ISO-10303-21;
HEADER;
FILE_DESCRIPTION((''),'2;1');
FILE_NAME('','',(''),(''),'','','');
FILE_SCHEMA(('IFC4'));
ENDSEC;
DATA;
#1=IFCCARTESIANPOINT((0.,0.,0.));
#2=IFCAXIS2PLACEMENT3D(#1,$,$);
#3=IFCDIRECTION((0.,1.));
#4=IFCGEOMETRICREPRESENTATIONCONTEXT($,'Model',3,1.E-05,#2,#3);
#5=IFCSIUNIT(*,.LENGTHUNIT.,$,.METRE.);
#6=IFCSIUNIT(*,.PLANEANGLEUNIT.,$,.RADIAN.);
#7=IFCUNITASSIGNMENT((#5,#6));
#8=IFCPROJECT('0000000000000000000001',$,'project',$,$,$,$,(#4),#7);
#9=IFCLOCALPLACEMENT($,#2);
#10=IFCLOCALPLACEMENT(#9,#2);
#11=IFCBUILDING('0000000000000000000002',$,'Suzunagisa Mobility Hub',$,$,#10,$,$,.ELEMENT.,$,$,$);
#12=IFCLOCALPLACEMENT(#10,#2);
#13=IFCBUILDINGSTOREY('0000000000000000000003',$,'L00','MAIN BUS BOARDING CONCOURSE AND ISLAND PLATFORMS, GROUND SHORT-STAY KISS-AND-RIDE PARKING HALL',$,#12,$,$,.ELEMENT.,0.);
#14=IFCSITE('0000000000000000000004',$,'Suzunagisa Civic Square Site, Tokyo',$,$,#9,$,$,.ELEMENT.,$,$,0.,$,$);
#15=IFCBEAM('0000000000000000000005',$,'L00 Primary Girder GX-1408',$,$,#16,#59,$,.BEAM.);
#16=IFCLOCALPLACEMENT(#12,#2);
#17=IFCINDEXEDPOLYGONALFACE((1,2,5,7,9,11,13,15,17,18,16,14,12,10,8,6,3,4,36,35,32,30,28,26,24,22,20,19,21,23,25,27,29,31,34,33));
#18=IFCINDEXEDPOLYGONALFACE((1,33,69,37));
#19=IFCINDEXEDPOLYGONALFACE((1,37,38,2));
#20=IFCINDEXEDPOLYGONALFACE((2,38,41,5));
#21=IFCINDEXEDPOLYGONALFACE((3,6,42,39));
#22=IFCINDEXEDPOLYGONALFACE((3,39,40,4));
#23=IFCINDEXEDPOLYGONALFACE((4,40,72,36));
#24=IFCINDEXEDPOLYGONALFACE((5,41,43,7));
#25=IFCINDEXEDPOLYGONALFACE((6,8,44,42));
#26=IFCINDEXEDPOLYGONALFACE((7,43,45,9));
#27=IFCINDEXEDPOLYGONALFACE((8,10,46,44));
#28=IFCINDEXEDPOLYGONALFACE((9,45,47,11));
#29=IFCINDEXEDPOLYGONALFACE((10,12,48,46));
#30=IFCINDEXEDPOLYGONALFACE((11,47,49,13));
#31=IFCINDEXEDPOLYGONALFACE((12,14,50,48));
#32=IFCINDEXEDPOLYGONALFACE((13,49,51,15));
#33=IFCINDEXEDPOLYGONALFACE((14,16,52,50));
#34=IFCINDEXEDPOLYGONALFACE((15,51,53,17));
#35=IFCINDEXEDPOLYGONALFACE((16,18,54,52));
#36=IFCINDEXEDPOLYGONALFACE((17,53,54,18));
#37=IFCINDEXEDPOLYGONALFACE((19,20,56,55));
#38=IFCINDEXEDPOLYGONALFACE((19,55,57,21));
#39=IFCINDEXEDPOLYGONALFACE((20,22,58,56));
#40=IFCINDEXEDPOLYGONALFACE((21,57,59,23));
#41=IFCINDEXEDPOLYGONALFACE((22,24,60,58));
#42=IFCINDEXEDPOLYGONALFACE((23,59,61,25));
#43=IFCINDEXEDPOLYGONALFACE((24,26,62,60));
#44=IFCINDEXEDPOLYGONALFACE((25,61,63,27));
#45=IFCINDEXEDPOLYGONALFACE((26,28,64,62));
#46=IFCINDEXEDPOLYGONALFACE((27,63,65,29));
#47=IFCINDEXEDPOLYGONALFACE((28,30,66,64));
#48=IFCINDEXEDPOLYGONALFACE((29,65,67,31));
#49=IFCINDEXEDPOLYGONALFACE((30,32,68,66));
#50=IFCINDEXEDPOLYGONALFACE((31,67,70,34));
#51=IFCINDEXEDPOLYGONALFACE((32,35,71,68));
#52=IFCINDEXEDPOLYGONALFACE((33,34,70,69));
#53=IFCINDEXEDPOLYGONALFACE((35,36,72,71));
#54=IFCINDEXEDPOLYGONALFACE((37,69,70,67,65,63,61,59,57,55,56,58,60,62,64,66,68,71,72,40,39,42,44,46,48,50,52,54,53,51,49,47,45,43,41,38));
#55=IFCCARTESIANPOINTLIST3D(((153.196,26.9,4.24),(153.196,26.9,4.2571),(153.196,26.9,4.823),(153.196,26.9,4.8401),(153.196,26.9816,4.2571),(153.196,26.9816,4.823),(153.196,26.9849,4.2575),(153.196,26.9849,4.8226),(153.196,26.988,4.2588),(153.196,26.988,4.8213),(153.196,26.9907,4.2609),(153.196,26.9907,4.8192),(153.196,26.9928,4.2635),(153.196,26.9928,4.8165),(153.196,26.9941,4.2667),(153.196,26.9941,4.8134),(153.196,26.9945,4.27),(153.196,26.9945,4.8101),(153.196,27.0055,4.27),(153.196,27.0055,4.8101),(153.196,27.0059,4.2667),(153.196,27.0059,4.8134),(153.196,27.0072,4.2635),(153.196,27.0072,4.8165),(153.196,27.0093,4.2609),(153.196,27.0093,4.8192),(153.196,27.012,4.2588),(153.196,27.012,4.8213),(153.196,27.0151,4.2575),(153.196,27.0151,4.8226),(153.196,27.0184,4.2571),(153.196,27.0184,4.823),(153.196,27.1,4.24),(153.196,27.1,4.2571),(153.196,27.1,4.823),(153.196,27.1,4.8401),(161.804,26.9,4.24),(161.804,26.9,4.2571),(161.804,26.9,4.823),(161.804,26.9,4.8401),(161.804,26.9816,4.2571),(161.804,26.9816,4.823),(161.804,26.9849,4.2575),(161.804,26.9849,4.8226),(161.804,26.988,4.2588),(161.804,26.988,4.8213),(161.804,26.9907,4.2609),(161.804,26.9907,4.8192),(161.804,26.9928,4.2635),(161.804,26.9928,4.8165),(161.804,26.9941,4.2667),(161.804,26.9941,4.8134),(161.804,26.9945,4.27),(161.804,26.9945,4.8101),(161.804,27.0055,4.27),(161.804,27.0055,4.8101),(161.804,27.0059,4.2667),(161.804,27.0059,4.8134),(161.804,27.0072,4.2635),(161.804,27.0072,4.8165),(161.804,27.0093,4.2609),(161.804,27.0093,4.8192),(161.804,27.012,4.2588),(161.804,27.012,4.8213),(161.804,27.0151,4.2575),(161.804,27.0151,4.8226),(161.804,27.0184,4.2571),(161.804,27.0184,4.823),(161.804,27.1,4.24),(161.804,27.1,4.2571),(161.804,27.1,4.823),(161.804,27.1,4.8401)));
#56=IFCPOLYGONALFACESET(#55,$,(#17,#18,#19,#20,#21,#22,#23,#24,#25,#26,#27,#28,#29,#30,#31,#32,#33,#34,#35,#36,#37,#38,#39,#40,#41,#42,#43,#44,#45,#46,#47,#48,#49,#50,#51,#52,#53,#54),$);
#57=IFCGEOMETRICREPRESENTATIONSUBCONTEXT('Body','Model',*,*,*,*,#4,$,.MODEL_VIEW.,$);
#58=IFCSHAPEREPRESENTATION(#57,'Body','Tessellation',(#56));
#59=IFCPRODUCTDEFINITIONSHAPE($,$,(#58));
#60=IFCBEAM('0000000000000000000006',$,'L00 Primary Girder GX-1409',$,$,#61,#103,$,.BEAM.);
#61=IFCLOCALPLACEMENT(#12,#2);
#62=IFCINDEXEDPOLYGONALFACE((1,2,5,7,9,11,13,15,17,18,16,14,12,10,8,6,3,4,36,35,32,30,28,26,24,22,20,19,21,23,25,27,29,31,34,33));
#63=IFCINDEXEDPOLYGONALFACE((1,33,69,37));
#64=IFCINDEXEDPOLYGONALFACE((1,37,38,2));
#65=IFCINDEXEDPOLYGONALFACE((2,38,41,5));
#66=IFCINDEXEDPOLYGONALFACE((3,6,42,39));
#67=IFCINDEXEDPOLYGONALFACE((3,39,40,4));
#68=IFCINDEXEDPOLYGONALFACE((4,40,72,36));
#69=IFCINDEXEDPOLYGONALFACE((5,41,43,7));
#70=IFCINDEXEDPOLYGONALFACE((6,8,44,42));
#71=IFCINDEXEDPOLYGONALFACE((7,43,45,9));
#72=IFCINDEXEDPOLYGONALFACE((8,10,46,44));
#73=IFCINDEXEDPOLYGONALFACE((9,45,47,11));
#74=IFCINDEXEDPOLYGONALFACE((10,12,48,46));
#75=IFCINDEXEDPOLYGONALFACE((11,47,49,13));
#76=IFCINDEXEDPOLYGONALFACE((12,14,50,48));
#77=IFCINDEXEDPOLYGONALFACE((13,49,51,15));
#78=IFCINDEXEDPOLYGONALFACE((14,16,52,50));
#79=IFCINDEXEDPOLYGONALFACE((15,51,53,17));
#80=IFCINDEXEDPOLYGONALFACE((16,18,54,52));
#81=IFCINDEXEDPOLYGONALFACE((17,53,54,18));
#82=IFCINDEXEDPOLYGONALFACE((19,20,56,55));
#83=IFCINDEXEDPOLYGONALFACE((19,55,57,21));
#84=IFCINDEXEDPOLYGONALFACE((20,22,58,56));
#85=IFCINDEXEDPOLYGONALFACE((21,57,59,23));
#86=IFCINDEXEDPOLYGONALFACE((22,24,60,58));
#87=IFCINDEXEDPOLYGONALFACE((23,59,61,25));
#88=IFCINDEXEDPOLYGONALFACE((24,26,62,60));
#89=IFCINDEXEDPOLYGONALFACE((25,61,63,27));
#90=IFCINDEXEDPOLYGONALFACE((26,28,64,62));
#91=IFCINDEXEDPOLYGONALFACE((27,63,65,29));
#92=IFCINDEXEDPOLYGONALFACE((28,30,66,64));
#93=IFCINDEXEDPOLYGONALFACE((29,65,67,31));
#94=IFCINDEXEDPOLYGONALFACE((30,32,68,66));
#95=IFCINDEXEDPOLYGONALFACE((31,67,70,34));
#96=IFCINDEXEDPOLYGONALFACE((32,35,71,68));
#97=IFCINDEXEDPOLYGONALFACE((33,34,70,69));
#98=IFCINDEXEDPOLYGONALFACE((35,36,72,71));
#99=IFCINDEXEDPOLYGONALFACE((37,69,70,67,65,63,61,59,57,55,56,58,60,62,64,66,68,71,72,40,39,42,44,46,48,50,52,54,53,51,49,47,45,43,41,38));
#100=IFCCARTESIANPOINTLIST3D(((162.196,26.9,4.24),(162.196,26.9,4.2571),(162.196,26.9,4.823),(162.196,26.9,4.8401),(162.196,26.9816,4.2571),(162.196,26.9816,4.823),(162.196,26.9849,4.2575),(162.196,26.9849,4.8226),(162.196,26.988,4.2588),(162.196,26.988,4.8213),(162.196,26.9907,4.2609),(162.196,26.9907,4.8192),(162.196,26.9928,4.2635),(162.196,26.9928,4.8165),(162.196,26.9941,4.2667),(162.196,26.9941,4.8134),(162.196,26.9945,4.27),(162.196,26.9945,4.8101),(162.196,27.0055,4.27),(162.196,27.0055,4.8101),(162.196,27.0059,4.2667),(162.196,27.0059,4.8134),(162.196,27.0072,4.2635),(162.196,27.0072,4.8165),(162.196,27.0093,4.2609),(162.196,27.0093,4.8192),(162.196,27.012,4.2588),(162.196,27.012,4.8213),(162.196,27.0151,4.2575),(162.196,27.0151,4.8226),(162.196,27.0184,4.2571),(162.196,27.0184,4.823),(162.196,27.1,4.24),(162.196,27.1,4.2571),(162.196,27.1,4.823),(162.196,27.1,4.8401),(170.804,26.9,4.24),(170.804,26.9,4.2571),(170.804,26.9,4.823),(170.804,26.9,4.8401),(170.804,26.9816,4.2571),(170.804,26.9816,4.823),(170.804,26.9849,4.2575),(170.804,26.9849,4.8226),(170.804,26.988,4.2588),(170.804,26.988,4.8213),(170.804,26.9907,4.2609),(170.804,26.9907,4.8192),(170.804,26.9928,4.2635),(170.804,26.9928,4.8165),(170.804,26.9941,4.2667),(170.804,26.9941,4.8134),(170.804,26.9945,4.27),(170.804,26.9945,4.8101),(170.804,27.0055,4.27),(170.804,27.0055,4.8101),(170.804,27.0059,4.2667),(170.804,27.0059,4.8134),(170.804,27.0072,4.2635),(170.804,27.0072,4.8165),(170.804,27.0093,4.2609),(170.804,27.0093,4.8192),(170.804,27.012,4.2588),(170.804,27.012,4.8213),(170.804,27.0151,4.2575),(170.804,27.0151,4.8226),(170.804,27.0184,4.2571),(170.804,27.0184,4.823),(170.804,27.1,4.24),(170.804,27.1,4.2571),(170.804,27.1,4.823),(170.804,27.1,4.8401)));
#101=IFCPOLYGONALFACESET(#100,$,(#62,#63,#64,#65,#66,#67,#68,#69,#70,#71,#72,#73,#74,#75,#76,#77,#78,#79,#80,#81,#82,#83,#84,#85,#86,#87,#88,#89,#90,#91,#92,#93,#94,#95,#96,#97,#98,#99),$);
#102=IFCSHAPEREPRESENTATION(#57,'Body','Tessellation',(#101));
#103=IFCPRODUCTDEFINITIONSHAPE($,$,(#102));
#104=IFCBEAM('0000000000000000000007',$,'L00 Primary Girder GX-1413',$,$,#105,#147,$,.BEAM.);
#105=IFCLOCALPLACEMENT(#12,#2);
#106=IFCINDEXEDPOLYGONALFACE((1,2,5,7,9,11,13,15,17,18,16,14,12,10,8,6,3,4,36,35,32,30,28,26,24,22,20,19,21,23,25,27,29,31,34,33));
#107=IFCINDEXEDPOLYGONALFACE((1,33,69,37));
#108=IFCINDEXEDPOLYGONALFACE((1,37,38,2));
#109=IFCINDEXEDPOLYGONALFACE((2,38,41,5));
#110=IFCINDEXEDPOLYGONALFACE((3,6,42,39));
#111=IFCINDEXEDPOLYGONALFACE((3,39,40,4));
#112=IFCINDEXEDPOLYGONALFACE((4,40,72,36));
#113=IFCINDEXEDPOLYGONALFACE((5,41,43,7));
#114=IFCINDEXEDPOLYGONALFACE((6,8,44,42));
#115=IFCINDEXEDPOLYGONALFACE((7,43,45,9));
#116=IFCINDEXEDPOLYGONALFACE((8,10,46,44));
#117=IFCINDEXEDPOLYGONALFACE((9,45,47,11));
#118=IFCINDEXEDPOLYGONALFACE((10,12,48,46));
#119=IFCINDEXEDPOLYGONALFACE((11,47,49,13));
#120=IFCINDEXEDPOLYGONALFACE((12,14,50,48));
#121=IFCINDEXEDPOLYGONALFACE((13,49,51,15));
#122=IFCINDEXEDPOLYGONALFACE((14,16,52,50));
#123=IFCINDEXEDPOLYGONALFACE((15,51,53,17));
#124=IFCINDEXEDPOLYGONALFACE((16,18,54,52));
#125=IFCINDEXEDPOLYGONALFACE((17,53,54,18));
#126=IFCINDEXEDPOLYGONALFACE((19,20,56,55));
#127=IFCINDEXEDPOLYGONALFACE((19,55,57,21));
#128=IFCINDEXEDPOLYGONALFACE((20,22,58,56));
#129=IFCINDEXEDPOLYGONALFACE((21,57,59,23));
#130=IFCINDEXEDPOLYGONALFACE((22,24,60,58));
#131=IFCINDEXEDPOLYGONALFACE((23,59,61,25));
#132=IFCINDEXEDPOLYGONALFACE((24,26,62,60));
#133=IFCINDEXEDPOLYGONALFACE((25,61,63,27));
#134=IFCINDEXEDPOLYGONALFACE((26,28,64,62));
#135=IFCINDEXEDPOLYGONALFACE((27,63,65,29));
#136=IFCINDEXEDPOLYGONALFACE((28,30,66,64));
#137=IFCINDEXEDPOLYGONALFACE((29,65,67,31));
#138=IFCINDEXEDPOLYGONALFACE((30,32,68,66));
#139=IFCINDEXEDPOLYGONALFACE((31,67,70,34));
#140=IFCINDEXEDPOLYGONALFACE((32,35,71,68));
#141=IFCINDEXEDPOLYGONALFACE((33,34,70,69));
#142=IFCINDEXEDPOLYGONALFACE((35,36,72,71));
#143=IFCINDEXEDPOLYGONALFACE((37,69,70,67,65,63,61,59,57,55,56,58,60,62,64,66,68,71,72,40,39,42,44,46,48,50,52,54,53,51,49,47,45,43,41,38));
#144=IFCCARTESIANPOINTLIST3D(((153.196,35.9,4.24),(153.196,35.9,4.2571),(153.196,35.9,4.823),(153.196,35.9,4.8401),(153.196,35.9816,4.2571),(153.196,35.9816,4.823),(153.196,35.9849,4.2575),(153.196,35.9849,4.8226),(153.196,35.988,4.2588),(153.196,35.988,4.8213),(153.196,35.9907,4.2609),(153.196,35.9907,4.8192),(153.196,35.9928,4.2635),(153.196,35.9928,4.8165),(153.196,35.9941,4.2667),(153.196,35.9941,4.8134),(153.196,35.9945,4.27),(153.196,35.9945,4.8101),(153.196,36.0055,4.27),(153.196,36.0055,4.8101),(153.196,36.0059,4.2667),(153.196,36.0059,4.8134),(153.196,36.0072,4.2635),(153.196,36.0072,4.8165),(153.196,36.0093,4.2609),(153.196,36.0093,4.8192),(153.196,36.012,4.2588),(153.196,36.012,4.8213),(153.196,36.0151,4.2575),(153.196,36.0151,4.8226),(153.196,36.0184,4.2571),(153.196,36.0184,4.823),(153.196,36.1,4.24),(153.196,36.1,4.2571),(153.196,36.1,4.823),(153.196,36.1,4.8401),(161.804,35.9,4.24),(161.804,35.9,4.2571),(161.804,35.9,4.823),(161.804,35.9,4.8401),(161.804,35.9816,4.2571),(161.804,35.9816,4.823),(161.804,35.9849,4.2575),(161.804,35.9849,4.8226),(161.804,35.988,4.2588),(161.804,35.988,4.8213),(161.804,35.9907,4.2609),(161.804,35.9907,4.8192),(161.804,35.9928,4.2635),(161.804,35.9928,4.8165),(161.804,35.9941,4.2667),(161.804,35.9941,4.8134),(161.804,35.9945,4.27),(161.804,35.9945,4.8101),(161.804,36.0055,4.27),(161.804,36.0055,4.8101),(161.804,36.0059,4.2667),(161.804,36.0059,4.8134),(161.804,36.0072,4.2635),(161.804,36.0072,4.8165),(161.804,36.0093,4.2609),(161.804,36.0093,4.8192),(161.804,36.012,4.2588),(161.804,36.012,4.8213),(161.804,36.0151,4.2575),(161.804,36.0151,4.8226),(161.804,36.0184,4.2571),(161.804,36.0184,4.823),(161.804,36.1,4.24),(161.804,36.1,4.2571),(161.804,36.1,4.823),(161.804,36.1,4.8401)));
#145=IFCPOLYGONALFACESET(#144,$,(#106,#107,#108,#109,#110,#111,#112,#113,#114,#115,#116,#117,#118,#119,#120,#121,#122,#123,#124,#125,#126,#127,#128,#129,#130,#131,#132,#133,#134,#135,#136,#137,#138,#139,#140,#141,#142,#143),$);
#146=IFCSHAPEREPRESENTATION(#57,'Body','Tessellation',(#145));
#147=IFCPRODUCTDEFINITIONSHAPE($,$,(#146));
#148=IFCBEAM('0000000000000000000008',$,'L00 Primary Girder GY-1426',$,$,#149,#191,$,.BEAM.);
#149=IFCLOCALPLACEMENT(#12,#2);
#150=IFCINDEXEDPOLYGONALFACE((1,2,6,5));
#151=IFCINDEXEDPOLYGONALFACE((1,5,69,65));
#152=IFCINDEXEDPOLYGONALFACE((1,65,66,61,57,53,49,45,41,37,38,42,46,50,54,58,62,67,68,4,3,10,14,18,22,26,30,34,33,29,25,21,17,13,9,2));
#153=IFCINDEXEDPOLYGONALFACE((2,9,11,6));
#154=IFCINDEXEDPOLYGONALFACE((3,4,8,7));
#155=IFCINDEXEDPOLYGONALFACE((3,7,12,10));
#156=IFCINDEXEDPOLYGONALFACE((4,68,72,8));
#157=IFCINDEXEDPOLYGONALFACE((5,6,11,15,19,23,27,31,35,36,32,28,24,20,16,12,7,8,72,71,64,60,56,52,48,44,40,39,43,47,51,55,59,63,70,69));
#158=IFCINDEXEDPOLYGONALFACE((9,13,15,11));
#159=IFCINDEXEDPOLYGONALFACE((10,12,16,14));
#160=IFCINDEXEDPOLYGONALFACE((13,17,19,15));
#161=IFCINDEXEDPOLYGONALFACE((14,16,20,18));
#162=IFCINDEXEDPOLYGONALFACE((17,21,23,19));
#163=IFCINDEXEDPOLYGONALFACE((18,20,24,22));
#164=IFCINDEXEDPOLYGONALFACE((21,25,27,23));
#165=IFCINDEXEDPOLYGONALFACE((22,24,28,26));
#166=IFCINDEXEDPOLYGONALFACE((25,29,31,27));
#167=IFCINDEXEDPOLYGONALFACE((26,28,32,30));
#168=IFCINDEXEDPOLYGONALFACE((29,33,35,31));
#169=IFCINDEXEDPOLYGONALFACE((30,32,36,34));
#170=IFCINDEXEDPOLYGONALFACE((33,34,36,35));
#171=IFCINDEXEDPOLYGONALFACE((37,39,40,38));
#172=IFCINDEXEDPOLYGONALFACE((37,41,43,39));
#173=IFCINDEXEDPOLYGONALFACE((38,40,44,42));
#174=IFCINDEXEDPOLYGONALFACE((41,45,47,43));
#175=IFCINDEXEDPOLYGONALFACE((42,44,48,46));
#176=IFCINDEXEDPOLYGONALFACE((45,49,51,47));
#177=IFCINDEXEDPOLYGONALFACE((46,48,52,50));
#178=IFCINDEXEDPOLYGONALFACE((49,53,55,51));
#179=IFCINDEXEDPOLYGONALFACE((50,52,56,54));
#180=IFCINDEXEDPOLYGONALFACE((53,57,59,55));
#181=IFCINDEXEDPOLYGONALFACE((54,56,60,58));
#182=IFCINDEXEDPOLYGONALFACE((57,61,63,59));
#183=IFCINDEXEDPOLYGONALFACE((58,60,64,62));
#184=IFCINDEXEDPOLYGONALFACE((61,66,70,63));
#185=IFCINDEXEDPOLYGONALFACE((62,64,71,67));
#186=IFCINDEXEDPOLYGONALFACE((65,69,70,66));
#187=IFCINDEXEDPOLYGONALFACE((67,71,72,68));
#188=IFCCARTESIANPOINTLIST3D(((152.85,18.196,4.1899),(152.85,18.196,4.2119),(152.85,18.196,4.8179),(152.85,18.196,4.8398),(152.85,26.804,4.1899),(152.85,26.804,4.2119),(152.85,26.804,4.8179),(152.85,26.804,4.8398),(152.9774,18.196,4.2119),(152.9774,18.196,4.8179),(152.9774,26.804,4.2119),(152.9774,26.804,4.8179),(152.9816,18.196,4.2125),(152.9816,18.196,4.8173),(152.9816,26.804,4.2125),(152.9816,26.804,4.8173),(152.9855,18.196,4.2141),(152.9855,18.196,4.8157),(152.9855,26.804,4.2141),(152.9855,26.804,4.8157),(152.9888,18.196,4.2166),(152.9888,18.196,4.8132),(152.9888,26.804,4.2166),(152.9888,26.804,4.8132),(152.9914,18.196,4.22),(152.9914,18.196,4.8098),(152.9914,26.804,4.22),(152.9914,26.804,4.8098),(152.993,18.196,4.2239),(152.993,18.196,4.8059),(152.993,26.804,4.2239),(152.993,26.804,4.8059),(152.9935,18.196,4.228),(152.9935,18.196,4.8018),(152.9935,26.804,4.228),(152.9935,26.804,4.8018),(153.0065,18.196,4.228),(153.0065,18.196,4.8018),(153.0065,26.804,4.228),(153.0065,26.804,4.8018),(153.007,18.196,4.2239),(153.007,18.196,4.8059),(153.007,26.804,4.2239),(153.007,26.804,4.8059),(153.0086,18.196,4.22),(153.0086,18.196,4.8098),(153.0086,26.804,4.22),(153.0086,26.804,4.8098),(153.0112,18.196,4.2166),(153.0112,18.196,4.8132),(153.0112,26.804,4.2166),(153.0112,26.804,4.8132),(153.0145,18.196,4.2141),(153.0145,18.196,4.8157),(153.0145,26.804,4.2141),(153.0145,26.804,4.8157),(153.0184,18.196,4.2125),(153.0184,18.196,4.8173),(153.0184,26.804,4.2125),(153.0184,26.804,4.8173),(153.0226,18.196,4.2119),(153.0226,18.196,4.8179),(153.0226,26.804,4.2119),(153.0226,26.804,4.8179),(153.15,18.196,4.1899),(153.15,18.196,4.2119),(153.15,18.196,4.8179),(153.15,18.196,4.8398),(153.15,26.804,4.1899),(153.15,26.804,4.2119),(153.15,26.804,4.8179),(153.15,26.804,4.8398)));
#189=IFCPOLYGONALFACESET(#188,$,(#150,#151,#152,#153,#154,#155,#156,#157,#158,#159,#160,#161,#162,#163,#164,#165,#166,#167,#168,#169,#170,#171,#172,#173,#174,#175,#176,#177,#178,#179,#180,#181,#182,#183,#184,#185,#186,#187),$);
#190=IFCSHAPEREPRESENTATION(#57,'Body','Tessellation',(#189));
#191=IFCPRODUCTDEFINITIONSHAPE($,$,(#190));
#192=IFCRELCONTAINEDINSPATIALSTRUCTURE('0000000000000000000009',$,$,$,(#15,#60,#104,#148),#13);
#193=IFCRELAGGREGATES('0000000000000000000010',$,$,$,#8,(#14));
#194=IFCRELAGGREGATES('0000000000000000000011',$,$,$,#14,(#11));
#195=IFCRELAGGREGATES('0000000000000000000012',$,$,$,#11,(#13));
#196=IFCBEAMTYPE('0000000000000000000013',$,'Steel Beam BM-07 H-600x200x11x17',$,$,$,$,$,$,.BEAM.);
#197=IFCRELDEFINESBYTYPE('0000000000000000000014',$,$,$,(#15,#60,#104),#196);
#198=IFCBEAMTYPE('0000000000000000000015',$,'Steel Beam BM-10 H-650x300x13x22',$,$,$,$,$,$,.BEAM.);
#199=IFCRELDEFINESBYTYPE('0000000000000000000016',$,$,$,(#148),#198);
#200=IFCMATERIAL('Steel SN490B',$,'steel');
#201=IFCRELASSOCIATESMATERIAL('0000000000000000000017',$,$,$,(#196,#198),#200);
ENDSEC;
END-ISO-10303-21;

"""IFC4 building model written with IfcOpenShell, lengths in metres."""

from ifc_helpers import new_model, si_unit, direction, frame, origin, origin_2d, place, context, subcontext, project, spatial, i_section, extrude, material, material_profile, profile_set, type_object, element, save


model = new_model("IFC4")

# Units and contexts
model_context = context("Model", 3, precision=1e-05, world=origin(), true_north=direction((0.0, 1.0)))
body_context = subcontext(model_context, "Body", "Model", "MODEL_VIEW")
ifc_project = project(units=[si_unit("LENGTHUNIT", "METRE"), si_unit("PLANEANGLEUNIT", "RADIAN")], contexts=[model_context])

# Site, building, storey
site_placement = place(None, origin())
site = spatial("IfcSite", under=ifc_project, at=site_placement, Name="Suzunagisa Civic Square Site, Tokyo", CompositionType="ELEMENT", RefElevation=0.0)
building_placement = place(site_placement, origin())
building = spatial("IfcBuilding", under=site, at=building_placement, Name="Suzunagisa Mobility Hub", CompositionType="ELEMENT")
storey_placement = place(building_placement, origin())
storey = spatial("IfcBuildingStorey", under=building, at=storey_placement, Name="L00", Description="MAIN BUS BOARDING CONCOURSE AND ISLAND PLATFORMS, GROUND SHORT-STAY KISS-AND-RIDE PARKING HALL", CompositionType="ELEMENT", Elevation=0.0)

# Shared definitions
ifc_material_1 = material(Name="Steel SN490B", Category="steel")

# Beams
ifc_material_profile_1 = material_profile(ifc_material_1, i_section(OverallWidth=0.2, OverallDepth=0.6001, WebThickness=0.011, FlangeThickness=0.0171, FilletRadius=0.0129, at=origin_2d()), Name="H-600x200x11x17")
ifc_profile_set_1 = profile_set([ifc_material_profile_1], Name="Steel SN490B")
beam_type_1 = type_object("IfcBeamType", Name="Steel Beam BM-07 H-600x200x11x17", PredefinedType="BEAM", material=ifc_profile_set_1)
for number, where, z_axis, x_axis, name in (
    (1, (153.196, 27.0, 4.54), (1.0, 0.0, 0.0), (0.0, 1.0, 0.0), "L00 Primary Girder GX-1408"),
    (2, (162.196, 27.0, 4.54), (1.0, 0.0, 0.0), (0.0, 1.0, 0.0), "L00 Primary Girder GX-1409"),
    (3, (153.196, 36.0, 4.54), (1.0, 0.0, 0.0), (0.0, 1.0, 0.0), "L00 Primary Girder GX-1413"),
):
    element("IfcBeam", number, at=place(storey_placement, frame(where, z_axis=z_axis, x_axis=x_axis)), inside=storey, type_object=beam_type_1, Name=name, PredefinedType="BEAM", context=body_context, shape_type="SweptSolid", body=[
        extrude(i_section(OverallWidth=0.2, OverallDepth=0.6001, WebThickness=0.011, FlangeThickness=0.0171, FilletRadius=0.0129, at=origin_2d()), origin(), (0.0, 0.0, 1.0), 8.6079),
    ])
ifc_material_profile_2 = material_profile(ifc_material_1, i_section(OverallWidth=0.3, OverallDepth=0.6499, WebThickness=0.0129, FlangeThickness=0.022, FilletRadius=0.0161, at=origin_2d()), Name="H-650x300x13x22")
ifc_profile_set_2 = profile_set([ifc_material_profile_2], Name="Steel SN490B")
beam_type_2 = type_object("IfcBeamType", Name="Steel Beam BM-10 H-650x300x13x22", PredefinedType="BEAM", material=ifc_profile_set_2)
for number, where, z_axis, x_axis, name in (
    (4, (153.0, 18.196, 4.5149), (0.0, 1.0, 0.0), (-1.0, 0.0, 0.0), "L00 Primary Girder GY-1426"),
):
    element("IfcBeam", number, at=place(storey_placement, frame(where, z_axis=z_axis, x_axis=x_axis)), inside=storey, type_object=beam_type_2, Name=name, PredefinedType="BEAM", context=body_context, shape_type="SweptSolid", body=[
        extrude(i_section(OverallWidth=0.3, OverallDepth=0.6499, WebThickness=0.0129, FlangeThickness=0.022, FilletRadius=0.0161, at=origin_2d()), origin(), (0.0, 0.0, 1.0), 8.6079),
    ])

save(model, "model.ifc")
